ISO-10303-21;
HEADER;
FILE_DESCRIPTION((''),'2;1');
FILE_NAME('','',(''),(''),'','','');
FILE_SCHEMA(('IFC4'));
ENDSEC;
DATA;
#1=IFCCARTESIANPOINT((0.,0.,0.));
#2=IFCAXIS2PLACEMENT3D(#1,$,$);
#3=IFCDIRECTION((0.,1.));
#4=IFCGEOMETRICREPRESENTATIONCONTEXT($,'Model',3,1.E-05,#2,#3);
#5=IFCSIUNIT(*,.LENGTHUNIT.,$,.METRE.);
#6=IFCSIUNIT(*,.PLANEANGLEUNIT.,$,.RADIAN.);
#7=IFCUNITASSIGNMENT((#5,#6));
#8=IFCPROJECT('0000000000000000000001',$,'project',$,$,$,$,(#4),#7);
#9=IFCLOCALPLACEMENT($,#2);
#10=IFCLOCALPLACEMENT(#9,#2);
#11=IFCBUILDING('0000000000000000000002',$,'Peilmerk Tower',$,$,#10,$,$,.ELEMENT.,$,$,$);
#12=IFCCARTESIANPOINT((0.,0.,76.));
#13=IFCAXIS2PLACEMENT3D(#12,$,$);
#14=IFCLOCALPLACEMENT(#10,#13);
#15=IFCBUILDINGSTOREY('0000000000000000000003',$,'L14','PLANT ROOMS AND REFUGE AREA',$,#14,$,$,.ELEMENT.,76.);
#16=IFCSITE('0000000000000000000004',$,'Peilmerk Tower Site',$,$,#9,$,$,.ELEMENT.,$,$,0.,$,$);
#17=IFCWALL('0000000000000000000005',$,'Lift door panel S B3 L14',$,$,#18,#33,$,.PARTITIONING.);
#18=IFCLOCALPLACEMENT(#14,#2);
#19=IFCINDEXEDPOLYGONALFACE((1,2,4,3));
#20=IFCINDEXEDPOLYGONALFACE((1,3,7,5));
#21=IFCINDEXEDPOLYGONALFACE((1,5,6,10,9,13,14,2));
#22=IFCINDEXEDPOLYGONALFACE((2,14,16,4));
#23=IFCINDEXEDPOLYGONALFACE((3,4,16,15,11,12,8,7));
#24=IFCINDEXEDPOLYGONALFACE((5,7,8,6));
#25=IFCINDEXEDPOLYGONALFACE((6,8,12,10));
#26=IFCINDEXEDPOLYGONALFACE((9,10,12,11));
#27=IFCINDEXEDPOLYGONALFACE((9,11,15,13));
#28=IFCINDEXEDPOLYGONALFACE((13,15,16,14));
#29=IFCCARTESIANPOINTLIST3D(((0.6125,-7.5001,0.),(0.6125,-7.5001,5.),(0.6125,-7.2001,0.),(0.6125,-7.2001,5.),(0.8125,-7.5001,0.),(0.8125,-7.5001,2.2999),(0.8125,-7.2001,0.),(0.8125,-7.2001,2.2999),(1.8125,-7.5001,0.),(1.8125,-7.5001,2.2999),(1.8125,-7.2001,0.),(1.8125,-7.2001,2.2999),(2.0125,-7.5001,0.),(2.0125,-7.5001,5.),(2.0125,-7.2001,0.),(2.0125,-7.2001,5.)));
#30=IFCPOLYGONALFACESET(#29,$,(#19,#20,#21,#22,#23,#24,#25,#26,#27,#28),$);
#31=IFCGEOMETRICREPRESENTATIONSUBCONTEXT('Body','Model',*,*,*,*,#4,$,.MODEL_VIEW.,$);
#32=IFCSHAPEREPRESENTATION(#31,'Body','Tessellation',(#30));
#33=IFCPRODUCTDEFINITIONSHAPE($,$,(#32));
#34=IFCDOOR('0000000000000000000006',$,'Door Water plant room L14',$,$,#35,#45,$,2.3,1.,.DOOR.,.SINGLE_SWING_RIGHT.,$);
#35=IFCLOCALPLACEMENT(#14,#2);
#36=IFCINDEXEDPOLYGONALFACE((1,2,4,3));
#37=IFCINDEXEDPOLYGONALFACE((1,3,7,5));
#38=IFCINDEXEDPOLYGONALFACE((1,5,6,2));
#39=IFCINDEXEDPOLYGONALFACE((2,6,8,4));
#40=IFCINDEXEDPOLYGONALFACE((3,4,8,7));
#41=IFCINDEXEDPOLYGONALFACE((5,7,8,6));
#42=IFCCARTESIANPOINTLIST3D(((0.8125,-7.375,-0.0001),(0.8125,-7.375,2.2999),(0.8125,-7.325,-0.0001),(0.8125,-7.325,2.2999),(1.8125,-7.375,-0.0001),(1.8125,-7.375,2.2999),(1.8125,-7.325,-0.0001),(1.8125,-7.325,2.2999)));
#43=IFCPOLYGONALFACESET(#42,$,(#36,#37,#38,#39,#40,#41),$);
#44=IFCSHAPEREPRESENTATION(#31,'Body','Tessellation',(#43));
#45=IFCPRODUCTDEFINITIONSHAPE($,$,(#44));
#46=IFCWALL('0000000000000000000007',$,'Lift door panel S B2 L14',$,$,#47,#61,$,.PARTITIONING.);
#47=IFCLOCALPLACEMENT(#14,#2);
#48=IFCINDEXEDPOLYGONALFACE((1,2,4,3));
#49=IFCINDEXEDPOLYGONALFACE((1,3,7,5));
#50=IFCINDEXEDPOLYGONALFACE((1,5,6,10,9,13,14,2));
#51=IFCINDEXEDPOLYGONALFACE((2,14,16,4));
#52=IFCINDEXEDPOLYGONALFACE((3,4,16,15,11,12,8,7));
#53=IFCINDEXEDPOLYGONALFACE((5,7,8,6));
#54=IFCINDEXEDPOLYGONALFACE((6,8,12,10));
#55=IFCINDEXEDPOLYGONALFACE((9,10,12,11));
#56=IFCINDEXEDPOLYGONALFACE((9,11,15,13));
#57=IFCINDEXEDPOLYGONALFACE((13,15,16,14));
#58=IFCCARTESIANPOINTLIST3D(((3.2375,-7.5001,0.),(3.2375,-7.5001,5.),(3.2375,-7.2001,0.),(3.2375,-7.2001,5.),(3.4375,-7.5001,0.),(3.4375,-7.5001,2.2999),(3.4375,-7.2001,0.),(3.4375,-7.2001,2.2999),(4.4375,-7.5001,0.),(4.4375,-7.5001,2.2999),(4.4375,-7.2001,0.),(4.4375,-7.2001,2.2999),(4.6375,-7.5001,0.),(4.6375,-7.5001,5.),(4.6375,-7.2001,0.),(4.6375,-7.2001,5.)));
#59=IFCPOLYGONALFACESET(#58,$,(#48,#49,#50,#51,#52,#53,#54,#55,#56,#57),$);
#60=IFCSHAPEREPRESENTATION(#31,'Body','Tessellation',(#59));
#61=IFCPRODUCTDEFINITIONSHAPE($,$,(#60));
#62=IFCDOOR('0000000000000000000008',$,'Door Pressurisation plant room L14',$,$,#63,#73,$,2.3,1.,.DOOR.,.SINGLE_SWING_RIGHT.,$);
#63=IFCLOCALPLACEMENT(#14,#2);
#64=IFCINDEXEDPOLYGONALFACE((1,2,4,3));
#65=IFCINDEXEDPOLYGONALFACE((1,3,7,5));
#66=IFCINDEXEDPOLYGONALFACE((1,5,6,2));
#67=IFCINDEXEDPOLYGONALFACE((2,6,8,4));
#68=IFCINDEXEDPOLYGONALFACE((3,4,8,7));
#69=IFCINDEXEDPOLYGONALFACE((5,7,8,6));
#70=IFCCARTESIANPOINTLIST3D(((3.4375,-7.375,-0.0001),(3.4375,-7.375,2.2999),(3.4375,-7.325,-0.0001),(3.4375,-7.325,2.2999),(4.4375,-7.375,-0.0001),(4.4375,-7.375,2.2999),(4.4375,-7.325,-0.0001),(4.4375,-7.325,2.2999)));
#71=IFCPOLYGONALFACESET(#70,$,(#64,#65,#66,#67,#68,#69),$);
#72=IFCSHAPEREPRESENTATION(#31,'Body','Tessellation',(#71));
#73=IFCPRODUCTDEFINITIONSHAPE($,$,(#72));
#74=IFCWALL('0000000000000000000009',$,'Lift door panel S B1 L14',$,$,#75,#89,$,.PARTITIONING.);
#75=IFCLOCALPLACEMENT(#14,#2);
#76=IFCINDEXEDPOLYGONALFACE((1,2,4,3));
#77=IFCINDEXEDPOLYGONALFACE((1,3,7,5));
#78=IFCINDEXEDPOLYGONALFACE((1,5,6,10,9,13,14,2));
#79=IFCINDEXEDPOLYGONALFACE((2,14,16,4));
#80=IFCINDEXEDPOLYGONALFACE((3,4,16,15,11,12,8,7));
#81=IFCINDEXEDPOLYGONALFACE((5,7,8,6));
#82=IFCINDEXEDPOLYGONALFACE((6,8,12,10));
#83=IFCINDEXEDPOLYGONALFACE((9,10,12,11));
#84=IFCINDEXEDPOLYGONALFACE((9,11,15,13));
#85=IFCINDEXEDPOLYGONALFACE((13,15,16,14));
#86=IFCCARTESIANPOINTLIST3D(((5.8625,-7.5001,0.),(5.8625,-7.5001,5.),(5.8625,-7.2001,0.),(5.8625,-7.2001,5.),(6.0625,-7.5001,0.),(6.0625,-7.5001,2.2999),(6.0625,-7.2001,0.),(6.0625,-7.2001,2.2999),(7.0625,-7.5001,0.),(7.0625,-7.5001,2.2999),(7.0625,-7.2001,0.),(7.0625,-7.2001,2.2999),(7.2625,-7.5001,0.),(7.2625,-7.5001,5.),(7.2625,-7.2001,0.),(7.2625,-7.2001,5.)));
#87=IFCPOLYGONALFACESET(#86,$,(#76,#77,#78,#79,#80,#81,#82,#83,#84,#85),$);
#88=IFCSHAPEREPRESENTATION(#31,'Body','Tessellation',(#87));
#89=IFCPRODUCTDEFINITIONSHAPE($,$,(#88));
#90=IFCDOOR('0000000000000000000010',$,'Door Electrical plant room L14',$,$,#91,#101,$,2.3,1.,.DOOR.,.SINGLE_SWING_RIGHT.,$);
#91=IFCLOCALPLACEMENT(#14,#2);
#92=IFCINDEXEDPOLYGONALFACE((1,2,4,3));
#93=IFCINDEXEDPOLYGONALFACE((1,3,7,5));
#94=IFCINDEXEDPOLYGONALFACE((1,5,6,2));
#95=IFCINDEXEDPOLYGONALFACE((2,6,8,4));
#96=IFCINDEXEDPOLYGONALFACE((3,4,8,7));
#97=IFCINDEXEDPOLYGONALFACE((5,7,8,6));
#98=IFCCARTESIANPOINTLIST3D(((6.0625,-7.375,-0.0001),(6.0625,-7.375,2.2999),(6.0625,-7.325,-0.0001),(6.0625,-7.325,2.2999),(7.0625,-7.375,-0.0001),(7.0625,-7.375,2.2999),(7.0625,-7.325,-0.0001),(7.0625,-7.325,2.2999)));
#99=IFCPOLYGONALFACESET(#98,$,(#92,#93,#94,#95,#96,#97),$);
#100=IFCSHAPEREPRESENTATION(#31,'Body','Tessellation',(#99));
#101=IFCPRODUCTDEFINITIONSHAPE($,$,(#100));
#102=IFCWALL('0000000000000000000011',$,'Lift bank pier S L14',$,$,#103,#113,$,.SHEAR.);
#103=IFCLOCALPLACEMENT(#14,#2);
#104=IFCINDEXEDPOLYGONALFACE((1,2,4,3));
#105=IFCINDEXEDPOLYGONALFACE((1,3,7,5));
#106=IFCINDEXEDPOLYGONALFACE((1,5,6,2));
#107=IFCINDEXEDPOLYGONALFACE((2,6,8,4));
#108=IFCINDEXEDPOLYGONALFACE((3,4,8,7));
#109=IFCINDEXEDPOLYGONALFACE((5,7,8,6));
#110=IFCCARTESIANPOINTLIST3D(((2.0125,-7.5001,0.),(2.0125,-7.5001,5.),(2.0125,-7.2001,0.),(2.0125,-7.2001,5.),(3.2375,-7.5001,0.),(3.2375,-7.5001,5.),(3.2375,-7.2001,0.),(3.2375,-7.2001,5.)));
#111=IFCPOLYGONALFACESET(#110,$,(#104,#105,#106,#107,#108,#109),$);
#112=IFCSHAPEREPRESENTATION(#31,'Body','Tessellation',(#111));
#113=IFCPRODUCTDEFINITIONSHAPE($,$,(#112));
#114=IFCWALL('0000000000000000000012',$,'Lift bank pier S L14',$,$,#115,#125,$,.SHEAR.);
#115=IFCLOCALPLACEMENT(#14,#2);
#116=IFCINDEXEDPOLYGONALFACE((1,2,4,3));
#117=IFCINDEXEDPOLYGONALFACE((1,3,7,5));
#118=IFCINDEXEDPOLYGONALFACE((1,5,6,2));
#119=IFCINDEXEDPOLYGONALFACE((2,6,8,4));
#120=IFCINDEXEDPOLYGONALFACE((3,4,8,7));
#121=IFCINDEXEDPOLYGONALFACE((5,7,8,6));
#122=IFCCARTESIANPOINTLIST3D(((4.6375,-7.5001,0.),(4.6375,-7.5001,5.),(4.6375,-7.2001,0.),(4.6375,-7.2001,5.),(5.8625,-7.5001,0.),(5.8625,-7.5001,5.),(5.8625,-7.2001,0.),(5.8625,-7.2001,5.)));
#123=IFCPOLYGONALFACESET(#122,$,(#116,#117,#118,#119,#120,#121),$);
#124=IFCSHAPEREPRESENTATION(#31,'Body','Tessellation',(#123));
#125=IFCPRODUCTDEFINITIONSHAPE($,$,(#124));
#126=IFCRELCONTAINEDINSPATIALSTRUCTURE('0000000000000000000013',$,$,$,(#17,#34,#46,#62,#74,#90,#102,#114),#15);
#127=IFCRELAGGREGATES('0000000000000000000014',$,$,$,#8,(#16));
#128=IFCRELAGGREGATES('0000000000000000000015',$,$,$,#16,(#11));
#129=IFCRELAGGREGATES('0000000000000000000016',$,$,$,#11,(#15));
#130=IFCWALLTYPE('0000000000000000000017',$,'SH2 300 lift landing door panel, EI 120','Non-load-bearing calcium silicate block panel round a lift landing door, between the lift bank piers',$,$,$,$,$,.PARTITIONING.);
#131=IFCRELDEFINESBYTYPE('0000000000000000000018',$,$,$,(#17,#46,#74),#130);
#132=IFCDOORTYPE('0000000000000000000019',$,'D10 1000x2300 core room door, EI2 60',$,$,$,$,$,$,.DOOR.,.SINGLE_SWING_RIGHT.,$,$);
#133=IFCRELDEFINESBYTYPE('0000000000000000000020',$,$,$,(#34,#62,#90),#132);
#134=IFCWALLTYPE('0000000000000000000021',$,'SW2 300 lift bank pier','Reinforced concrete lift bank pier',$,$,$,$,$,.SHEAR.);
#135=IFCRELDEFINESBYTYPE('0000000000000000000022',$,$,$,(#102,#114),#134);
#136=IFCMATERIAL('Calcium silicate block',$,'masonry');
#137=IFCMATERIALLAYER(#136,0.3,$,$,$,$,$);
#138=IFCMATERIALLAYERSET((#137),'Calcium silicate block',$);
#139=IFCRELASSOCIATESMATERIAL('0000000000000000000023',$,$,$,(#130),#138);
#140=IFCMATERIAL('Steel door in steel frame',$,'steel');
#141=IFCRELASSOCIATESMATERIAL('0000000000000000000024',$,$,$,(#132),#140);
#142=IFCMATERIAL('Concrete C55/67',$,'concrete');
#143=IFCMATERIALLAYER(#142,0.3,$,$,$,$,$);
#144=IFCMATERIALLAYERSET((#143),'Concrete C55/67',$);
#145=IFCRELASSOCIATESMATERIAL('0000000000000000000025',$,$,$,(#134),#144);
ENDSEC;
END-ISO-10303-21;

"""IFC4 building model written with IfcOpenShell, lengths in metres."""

from ifc_helpers import new_model, si_unit, direction, frame, frame_2d, origin, place, context, subcontext, project, spatial, rectangle, extrude, material, layer, layer_set, type_object, element, fill, save


model = new_model("IFC4")

# Units and contexts
model_context = context("Model", 3, precision=1e-05, world=origin(), true_north=direction((0.0, 1.0)))
body_context = subcontext(model_context, "Body", "Model", "MODEL_VIEW")
ifc_project = project(units=[si_unit("LENGTHUNIT", "METRE"), si_unit("PLANEANGLEUNIT", "RADIAN")], contexts=[model_context])

# Site, building, storey
site_placement = place(None, origin())
site = spatial("IfcSite", under=ifc_project, at=site_placement, Name="Peilmerk Tower Site", CompositionType="ELEMENT", RefElevation=0.0)
building_placement = place(site_placement, origin())
building = spatial("IfcBuilding", under=site, at=building_placement, Name="Peilmerk Tower", CompositionType="ELEMENT")
storey_placement = place(building_placement, frame((0.0, 0.0, 76.0)))
storey = spatial("IfcBuildingStorey", under=building, at=storey_placement, Name="L14", Description="PLANT ROOMS AND REFUGE AREA", CompositionType="ELEMENT", Elevation=76.0)

# Shared definitions
ifc_material_1 = material(Name="Steel door in steel frame", Category="steel")

# Shared definitions
ifc_material_2 = material(Name="Calcium silicate block", Category="masonry")

# Walls, openings, doors
ifc_layer_1 = layer(ifc_material_2, 0.3)
ifc_layer_set_1 = layer_set([ifc_layer_1], Name="Calcium silicate block")
wall_type_1 = type_object("IfcWallType", Name="SH2 300 lift landing door panel, EI 120", Description="Non-load-bearing calcium silicate block panel round a lift landing door, between the lift bank piers", PredefinedType="PARTITIONING", material=ifc_layer_set_1)
wall_1_placement = place(storey_placement, frame((0.6125, -7.3501, 0.0), z_axis=(0.0, 0.0, 1.0), x_axis=(1.0, 0.0, 0.0)))
wall_1 = element("IfcWall", 1, at=wall_1_placement, inside=storey, type_object=wall_type_1, Name="Lift door panel S B3 L14", PredefinedType="PARTITIONING", context=body_context, shape_type="SweptSolid", body=[
    extrude(rectangle(XDim=1.3999, YDim=0.3, at=frame_2d((0.7, 0.0))), origin(), (0.0, 0.0, 1.0), 5.0),
])
opening_1_placement = place(wall_1_placement, frame((0.2, 0.0, 0.0)))
opening_1 = element("IfcOpeningElement", 2, at=opening_1_placement, cuts=wall_1, PredefinedType="OPENING", context=body_context, shape_type="SweptSolid", body=[
    extrude(rectangle(XDim=1.0, YDim=2.3, at=frame_2d((0.5, 1.1499))), frame((0.0, 0.1599, 0.0), z_axis=(0.0, -1.0, 0.0), x_axis=(1.0, 0.0, 0.0)), (0.0, 0.0, 1.0), 0.3201),
])
door_type_1 = type_object("IfcDoorType", Name="D10 1000x2300 core room door, EI2 60", OperationType="SINGLE_SWING_RIGHT", PredefinedType="DOOR", material=ifc_material_1)
door_1_placement = place(opening_1_placement, frame((1.0, 0.0, 0.0), z_axis=(0.0, 0.0, 1.0), x_axis=(-1.0, 0.0, 0.0)))
door_1 = element("IfcDoor", 3, at=door_1_placement, inside=storey, type_object=door_type_1, Name="Door Water plant room L14", OperationType="SINGLE_SWING_RIGHT", OverallHeight=2.3, OverallWidth=1.0, PredefinedType="DOOR", context=body_context, shape_type="SweptSolid", body=[
    extrude(rectangle(XDim=1.0, YDim=2.3, at=frame_2d((0.5, 1.1499))), frame((0.0, 0.0249, 0.0), z_axis=(0.0, -1.0, 0.0), x_axis=(1.0, 0.0, 0.0)), (0.0, 0.0, 1.0), 0.05),
])
fill(opening_1, door_1)
wall_2_placement = place(storey_placement, frame((3.2375, -7.3501, 0.0), z_axis=(0.0, 0.0, 1.0), x_axis=(1.0, 0.0, 0.0)))
wall_2 = element("IfcWall", 4, at=wall_2_placement, inside=storey, type_object=wall_type_1, Name="Lift door panel S B2 L14", PredefinedType="PARTITIONING", context=body_context, shape_type="SweptSolid", body=[
    extrude(rectangle(XDim=1.3999, YDim=0.3, at=frame_2d((0.7, 0.0))), origin(), (0.0, 0.0, 1.0), 5.0),
])
opening_2_placement = place(wall_2_placement, frame((0.2, 0.0, 0.0)))
opening_2 = element("IfcOpeningElement", 5, at=opening_2_placement, cuts=wall_2, PredefinedType="OPENING", context=body_context, shape_type="SweptSolid", body=[
    extrude(rectangle(XDim=1.0, YDim=2.3, at=frame_2d((0.5, 1.1499))), frame((0.0, 0.1599, 0.0), z_axis=(0.0, -1.0, 0.0), x_axis=(1.0, 0.0, 0.0)), (0.0, 0.0, 1.0), 0.3201),
])
door_2_placement = place(opening_2_placement, frame((1.0, 0.0, 0.0), z_axis=(0.0, 0.0, 1.0), x_axis=(-1.0, 0.0, 0.0)))
door_2 = element("IfcDoor", 6, at=door_2_placement, inside=storey, type_object=door_type_1, Name="Door Pressurisation plant room L14", OperationType="SINGLE_SWING_RIGHT", OverallHeight=2.3, OverallWidth=1.0, PredefinedType="DOOR", context=body_context, shape_type="SweptSolid", body=[
    extrude(rectangle(XDim=1.0, YDim=2.3, at=frame_2d((0.5, 1.1499))), frame((0.0, 0.0249, 0.0), z_axis=(0.0, -1.0, 0.0), x_axis=(1.0, 0.0, 0.0)), (0.0, 0.0, 1.0), 0.05),
])
fill(opening_2, door_2)
wall_3_placement = place(storey_placement, frame((5.8625, -7.3501, 0.0), z_axis=(0.0, 0.0, 1.0), x_axis=(1.0, 0.0, 0.0)))
wall_3 = element("IfcWall", 7, at=wall_3_placement, inside=storey, type_object=wall_type_1, Name="Lift door panel S B1 L14", PredefinedType="PARTITIONING", context=body_context, shape_type="SweptSolid", body=[
    extrude(rectangle(XDim=1.3999, YDim=0.3, at=frame_2d((0.7, 0.0))), origin(), (0.0, 0.0, 1.0), 5.0),
])
opening_3_placement = place(wall_3_placement, frame((0.2, 0.0, 0.0)))
opening_3 = element("IfcOpeningElement", 8, at=opening_3_placement, cuts=wall_3, PredefinedType="OPENING", context=body_context, shape_type="SweptSolid", body=[
    extrude(rectangle(XDim=1.0, YDim=2.3, at=frame_2d((0.5, 1.1499))), frame((0.0, 0.1599, 0.0), z_axis=(0.0, -1.0, 0.0), x_axis=(1.0, 0.0, 0.0)), (0.0, 0.0, 1.0), 0.3201),
])
door_3_placement = place(opening_3_placement, frame((1.0, 0.0, 0.0), z_axis=(0.0, 0.0, 1.0), x_axis=(-1.0, 0.0, 0.0)))
door_3 = element("IfcDoor", 9, at=door_3_placement, inside=storey, type_object=door_type_1, Name="Door Electrical plant room L14", OperationType="SINGLE_SWING_RIGHT", OverallHeight=2.3, OverallWidth=1.0, PredefinedType="DOOR", context=body_context, shape_type="SweptSolid", body=[
    extrude(rectangle(XDim=1.0, YDim=2.3, at=frame_2d((0.5, 1.1499))), frame((0.0, 0.0249, 0.0), z_axis=(0.0, -1.0, 0.0), x_axis=(1.0, 0.0, 0.0)), (0.0, 0.0, 1.0), 0.05),
])
fill(opening_3, door_3)

# Walls
ifc_material_3 = material(Name="Concrete C55/67", Category="concrete")
ifc_layer_2 = layer(ifc_material_3, 0.3)
ifc_layer_set_2 = layer_set([ifc_layer_2], Name="Concrete C55/67")
wall_type_2 = type_object("IfcWallType", Name="SW2 300 lift bank pier", Description="Reinforced concrete lift bank pier", PredefinedType="SHEAR", material=ifc_layer_set_2)
for number, where, z_axis, x_axis, name in (
    (10, (2.0125, -7.3501, 0.0), (0.0, 0.0, 1.0), (1.0, 0.0, 0.0), "Lift bank pier S L14"),
    (11, (4.6375, -7.3501, 0.0), (0.0, 0.0, 1.0), (1.0, 0.0, 0.0), "Lift bank pier S L14"),
):
    element("IfcWall", number, at=place(storey_placement, frame(where, z_axis=z_axis, x_axis=x_axis)), inside=storey, type_object=wall_type_2, Name=name, PredefinedType="SHEAR", context=body_context, shape_type="SweptSolid", body=[
        extrude(rectangle(XDim=1.2251, YDim=0.3, at=frame_2d((0.6125, 0.0))), origin(), (0.0, 0.0, 1.0), 5.0),
    ])

save(model, "model.ifc")
